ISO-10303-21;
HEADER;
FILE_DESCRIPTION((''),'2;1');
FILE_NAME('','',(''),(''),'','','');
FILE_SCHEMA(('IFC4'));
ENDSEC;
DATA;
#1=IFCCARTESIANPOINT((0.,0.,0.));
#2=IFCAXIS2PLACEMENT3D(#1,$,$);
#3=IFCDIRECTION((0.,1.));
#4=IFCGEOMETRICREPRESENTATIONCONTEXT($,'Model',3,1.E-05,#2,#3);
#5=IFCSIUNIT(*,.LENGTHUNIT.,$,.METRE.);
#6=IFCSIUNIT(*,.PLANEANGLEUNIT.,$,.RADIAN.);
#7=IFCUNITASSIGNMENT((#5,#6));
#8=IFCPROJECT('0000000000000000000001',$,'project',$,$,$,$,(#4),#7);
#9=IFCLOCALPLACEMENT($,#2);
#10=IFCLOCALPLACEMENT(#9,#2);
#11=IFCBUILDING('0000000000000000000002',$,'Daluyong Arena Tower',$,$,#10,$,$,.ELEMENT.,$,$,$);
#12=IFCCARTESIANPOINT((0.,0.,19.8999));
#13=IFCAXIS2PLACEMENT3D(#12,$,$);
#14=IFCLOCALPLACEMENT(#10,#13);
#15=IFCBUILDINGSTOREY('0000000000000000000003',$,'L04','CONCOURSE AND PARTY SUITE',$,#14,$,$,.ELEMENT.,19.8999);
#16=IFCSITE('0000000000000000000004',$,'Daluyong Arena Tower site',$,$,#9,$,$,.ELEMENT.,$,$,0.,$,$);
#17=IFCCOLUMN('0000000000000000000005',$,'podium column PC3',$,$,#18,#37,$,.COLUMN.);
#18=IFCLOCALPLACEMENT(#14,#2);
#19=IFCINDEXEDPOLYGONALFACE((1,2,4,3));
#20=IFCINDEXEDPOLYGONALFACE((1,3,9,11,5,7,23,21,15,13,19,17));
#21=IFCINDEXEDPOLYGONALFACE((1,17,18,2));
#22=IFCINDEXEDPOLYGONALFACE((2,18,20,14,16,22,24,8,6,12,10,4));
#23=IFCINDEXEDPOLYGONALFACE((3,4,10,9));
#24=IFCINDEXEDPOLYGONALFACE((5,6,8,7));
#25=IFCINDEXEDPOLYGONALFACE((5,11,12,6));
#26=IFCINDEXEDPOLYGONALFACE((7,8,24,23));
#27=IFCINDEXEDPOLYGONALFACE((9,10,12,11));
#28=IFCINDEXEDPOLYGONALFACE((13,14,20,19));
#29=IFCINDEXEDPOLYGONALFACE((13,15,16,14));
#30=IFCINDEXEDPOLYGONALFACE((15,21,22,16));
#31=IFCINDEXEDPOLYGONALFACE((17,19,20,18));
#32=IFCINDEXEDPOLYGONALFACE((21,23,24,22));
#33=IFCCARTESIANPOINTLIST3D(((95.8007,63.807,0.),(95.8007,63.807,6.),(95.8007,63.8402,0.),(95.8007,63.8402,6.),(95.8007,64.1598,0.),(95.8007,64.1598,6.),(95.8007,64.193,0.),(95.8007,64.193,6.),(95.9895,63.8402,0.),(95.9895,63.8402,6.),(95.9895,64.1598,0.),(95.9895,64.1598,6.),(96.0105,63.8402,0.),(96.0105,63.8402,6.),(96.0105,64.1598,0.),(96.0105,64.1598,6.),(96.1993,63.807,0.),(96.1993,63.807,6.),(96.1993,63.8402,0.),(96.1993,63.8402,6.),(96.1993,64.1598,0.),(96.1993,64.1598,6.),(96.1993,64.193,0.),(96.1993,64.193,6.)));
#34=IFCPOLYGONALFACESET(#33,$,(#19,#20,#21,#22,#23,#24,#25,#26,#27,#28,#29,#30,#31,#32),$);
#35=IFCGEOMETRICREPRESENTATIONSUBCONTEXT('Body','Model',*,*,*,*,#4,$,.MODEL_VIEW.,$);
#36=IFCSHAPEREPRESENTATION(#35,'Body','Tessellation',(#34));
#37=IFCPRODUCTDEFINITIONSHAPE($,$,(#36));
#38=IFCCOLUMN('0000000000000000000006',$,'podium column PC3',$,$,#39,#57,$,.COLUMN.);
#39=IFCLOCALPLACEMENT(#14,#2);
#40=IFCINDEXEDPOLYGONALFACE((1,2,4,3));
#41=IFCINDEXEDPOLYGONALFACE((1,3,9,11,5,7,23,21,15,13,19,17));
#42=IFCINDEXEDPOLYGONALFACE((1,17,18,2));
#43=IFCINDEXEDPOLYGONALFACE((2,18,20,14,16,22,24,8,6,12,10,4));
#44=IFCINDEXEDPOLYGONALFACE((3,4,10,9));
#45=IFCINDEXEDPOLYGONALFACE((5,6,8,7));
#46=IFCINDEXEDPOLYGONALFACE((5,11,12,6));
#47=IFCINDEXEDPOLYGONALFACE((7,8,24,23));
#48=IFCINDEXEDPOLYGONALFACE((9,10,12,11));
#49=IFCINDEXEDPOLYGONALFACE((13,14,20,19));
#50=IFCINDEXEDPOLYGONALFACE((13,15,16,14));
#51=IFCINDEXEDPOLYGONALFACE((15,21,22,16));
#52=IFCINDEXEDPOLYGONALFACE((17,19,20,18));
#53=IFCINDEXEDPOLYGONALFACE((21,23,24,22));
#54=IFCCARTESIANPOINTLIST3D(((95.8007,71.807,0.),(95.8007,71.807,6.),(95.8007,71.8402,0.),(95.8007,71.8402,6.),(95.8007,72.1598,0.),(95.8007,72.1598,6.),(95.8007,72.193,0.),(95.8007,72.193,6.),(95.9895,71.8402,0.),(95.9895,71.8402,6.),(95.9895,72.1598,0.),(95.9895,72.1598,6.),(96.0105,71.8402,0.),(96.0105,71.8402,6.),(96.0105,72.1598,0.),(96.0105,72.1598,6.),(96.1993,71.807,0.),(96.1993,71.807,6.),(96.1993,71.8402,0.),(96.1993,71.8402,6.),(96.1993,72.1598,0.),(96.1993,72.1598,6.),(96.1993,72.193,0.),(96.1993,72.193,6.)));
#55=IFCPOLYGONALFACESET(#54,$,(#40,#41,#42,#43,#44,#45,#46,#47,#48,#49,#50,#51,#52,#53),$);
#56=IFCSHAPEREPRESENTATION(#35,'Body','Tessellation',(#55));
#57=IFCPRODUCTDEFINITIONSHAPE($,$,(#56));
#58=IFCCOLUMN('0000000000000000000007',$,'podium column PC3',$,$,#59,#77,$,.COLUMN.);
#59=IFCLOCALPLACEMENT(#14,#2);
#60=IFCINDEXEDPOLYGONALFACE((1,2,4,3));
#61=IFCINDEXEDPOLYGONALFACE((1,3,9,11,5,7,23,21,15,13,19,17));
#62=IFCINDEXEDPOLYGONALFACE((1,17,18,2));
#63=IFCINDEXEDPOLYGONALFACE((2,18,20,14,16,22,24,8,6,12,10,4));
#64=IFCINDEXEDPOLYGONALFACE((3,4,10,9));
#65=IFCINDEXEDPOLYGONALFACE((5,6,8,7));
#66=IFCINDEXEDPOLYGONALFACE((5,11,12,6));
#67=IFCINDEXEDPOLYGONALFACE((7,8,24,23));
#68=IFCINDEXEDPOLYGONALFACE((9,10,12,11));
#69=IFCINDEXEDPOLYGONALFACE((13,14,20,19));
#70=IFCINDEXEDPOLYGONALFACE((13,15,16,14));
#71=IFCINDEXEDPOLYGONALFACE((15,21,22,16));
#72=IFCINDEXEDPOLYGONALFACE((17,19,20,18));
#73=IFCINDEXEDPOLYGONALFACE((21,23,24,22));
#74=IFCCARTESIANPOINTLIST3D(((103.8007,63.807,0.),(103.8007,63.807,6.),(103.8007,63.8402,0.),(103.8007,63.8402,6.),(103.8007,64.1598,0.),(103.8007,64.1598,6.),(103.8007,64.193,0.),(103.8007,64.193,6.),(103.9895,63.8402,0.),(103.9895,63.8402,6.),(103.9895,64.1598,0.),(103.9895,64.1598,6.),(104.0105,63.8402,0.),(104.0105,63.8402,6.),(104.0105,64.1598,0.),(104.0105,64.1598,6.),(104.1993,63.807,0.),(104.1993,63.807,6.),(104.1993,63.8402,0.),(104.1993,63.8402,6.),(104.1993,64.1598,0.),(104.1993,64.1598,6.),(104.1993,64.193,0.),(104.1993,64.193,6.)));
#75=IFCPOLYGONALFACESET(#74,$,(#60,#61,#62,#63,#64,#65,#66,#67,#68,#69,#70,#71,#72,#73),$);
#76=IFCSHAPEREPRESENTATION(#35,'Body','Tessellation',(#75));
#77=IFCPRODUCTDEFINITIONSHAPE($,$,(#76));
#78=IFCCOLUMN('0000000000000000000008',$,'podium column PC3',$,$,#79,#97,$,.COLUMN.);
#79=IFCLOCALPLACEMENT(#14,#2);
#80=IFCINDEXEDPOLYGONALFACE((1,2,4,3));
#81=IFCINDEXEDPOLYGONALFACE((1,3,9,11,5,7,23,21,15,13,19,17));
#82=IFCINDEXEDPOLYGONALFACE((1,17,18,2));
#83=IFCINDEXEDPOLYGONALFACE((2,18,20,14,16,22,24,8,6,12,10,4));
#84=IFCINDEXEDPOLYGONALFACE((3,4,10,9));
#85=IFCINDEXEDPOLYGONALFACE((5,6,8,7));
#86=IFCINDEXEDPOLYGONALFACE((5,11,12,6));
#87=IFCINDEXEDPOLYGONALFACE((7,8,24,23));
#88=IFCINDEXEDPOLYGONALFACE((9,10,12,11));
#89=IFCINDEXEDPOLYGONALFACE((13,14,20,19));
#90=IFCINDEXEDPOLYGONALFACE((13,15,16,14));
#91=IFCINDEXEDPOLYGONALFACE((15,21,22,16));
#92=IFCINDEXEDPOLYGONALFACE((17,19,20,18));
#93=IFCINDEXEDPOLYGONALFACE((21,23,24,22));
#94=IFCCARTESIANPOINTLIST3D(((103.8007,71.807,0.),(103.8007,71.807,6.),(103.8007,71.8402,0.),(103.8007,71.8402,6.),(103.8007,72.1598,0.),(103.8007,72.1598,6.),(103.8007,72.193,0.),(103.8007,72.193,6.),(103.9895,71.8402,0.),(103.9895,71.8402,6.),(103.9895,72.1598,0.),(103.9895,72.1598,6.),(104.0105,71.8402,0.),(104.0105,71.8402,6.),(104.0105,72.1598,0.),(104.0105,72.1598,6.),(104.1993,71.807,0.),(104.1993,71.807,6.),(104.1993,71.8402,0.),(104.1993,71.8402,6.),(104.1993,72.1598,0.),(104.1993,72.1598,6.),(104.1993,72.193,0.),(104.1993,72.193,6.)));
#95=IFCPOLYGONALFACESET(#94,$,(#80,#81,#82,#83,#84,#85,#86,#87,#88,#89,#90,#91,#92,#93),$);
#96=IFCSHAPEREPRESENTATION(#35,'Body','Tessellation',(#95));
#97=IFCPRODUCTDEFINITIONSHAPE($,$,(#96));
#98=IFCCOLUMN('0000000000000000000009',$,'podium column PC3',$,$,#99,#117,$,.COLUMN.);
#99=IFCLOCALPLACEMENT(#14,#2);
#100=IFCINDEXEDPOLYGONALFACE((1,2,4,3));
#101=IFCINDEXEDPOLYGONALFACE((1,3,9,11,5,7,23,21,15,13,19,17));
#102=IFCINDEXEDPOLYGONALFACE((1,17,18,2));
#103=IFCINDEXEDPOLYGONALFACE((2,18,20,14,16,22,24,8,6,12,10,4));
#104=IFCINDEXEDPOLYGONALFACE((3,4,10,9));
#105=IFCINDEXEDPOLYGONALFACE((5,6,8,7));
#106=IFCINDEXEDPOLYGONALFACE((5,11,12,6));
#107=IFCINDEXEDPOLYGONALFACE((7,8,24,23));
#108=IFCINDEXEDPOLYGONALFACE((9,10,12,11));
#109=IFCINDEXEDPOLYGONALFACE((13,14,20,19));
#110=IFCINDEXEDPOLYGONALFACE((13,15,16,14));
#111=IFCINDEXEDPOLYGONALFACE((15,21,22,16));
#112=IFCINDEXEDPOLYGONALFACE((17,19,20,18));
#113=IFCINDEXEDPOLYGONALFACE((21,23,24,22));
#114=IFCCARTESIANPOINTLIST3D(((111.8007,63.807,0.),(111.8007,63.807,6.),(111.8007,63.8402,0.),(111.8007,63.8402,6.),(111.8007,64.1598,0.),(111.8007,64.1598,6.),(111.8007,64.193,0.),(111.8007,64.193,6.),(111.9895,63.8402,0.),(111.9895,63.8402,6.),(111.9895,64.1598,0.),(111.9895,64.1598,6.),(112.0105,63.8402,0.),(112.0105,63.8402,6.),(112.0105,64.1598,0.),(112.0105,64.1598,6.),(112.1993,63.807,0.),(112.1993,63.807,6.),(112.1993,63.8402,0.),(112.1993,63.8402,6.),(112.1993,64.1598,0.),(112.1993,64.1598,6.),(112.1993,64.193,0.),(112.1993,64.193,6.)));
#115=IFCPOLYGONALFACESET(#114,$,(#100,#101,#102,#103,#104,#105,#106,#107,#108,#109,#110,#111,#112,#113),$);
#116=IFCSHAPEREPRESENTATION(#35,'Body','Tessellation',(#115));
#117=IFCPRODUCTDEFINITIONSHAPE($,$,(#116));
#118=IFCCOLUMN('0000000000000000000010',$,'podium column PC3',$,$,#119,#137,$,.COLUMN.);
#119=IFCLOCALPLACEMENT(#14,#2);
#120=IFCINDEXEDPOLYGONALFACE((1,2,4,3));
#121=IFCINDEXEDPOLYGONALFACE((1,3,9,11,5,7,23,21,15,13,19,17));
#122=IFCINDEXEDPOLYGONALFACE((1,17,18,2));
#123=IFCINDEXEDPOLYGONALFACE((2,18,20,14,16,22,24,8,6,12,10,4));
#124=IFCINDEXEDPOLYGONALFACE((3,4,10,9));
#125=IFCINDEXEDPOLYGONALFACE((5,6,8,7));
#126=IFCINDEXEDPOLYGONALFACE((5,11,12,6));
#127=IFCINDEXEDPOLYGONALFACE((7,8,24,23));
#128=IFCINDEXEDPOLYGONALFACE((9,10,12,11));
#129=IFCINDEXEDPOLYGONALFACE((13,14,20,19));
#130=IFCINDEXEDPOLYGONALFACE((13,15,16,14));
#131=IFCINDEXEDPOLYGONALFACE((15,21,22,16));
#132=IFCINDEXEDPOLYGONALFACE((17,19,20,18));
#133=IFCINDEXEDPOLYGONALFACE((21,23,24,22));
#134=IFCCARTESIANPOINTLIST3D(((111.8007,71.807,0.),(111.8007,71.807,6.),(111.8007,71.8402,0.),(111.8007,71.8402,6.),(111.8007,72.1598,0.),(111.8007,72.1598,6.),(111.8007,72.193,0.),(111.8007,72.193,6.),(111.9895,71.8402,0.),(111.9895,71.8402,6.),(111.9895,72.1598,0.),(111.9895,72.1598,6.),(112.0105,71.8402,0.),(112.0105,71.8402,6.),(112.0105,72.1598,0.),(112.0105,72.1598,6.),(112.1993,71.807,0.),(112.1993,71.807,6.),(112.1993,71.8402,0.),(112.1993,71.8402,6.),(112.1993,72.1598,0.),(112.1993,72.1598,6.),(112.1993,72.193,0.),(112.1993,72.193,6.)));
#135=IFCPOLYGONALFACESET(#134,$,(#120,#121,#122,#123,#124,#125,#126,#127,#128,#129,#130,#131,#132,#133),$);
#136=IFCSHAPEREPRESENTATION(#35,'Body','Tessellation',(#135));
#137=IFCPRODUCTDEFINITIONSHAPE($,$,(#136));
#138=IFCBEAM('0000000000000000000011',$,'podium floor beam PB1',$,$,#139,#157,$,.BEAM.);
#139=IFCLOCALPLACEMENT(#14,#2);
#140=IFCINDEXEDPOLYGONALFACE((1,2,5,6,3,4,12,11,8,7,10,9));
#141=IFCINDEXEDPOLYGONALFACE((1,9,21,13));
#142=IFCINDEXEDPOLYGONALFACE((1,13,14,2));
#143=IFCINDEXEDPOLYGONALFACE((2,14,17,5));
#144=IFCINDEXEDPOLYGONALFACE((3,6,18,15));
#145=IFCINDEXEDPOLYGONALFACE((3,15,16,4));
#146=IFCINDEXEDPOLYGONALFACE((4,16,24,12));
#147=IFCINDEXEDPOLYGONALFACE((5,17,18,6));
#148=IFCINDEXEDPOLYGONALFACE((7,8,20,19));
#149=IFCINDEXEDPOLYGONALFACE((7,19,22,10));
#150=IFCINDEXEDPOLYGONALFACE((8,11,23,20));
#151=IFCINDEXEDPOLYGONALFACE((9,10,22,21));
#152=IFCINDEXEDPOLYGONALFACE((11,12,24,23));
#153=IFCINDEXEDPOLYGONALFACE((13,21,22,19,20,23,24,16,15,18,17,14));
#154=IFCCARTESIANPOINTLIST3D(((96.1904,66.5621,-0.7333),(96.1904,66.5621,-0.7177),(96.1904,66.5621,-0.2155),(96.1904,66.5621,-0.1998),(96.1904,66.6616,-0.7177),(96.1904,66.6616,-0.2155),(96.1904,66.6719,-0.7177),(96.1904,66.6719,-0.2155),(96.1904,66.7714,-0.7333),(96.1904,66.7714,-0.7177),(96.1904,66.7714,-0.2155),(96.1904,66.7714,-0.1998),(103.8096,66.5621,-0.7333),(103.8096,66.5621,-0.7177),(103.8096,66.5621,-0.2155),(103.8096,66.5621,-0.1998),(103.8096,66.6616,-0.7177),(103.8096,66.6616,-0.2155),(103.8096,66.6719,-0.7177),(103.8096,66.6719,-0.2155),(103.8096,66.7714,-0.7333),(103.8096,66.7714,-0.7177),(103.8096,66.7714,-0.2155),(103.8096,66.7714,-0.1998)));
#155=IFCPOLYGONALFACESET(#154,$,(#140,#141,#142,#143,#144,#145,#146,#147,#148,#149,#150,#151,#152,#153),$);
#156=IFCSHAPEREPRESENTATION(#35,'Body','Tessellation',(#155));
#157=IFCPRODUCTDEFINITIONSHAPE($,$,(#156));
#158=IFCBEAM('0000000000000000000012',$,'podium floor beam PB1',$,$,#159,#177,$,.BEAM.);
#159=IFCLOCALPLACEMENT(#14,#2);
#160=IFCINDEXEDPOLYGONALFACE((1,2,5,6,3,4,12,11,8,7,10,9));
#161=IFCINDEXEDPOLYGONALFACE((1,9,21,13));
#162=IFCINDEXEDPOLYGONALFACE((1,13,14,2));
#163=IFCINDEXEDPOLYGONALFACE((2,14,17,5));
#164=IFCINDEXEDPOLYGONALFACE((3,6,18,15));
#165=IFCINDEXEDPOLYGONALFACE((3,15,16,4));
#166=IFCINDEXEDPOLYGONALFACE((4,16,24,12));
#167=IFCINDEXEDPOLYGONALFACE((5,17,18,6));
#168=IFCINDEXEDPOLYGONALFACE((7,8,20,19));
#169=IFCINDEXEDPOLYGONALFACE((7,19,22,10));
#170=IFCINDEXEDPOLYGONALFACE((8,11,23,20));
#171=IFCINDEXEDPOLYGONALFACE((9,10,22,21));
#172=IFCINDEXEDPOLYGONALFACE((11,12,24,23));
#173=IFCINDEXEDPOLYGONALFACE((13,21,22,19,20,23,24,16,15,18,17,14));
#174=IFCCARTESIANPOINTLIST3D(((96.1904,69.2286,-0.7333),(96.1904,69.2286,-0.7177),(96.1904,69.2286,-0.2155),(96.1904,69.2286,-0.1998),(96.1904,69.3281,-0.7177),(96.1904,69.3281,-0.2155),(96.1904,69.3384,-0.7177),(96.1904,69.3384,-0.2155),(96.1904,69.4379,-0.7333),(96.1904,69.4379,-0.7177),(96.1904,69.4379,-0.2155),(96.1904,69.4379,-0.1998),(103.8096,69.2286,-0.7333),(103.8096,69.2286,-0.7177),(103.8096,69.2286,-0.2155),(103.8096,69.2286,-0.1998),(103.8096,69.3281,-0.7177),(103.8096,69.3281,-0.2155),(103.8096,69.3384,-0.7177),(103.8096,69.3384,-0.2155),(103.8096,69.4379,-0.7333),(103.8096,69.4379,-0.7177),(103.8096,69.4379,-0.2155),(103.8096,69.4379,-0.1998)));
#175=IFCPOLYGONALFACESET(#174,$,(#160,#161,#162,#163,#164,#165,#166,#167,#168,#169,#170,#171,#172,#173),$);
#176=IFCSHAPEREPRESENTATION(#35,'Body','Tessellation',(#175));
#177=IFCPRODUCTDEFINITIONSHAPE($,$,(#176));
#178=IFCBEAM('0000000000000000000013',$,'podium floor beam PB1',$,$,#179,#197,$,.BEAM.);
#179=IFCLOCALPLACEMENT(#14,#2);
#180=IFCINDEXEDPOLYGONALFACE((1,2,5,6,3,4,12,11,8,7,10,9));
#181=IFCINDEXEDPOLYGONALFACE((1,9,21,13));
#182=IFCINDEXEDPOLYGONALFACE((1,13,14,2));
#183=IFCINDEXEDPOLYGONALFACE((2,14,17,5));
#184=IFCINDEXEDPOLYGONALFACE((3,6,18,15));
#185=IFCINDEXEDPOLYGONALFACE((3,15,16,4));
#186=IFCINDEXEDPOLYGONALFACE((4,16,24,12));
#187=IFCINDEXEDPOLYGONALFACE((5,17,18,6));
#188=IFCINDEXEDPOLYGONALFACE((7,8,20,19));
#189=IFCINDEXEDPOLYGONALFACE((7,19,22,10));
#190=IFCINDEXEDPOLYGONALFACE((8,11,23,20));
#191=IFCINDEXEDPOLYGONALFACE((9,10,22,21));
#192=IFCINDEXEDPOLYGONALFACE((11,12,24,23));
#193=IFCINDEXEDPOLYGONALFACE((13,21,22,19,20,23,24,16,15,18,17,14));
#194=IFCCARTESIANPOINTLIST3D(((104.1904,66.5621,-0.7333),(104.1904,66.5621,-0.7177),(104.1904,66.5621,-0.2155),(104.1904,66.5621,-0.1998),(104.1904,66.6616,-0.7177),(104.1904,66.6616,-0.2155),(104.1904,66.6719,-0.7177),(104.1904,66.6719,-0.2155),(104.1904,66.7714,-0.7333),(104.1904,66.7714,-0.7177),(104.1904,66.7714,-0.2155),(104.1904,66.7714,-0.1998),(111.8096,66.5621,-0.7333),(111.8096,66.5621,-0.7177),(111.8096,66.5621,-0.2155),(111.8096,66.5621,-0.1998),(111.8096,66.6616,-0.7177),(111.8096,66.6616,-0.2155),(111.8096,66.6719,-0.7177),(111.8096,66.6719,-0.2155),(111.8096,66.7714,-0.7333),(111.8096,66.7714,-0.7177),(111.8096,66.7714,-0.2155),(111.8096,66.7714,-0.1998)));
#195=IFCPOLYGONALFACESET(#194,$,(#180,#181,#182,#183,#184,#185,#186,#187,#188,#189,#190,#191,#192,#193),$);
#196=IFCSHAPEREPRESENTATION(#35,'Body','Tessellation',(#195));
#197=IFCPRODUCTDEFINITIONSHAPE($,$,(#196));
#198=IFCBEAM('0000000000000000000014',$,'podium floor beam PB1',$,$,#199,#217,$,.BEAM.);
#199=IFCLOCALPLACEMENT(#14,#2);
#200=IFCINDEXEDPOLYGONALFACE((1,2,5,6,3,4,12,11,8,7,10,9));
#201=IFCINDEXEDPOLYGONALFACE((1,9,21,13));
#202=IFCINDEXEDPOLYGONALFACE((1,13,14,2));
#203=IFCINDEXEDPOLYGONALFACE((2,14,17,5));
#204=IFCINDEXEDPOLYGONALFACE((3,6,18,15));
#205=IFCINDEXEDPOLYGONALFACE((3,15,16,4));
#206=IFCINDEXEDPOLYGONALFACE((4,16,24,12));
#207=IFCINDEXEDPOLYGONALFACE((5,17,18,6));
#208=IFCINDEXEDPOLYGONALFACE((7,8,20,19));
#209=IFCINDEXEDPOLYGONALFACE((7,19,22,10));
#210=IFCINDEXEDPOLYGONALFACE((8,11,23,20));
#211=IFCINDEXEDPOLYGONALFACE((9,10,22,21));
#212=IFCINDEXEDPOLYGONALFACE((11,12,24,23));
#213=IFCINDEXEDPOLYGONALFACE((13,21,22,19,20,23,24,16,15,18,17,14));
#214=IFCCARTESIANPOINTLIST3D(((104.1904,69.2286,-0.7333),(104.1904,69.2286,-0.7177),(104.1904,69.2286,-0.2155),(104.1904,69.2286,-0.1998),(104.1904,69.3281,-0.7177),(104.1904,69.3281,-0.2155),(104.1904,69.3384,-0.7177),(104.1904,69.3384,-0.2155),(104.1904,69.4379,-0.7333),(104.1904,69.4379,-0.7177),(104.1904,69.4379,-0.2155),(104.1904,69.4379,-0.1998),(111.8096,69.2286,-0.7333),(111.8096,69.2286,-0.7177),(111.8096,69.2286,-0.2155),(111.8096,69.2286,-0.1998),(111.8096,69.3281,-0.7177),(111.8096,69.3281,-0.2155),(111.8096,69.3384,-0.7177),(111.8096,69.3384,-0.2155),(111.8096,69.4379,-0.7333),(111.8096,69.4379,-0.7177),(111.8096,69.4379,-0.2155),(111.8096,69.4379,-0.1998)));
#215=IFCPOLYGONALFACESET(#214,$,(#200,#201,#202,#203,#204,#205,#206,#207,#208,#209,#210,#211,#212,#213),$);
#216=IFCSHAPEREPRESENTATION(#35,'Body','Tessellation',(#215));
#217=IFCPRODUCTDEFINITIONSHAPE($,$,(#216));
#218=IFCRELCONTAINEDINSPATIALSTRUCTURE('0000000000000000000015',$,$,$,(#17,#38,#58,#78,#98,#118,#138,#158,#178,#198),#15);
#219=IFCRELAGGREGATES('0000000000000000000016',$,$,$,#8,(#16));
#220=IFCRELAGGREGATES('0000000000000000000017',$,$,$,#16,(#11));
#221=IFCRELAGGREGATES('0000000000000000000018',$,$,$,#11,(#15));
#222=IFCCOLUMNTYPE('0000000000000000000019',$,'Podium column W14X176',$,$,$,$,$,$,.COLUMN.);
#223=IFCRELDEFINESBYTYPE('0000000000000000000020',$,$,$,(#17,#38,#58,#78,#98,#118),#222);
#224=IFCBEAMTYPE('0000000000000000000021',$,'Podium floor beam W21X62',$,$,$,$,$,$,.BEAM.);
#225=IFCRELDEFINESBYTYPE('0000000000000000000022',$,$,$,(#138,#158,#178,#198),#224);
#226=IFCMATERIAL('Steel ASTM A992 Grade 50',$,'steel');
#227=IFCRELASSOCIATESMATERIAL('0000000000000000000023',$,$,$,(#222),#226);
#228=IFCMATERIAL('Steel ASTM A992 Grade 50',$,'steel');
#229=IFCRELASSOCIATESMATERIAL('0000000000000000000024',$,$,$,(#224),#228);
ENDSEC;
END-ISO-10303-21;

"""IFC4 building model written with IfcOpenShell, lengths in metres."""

from ifc_helpers import new_model, si_unit, direction, frame, origin, origin_2d, place, context, subcontext, project, spatial, i_section, extrude, material, material_profile, profile_set, type_object, element, save


model = new_model("IFC4")

# Units and contexts
model_context = context("Model", 3, precision=1e-05, world=origin(), true_north=direction((0.0, 1.0)))
body_context = subcontext(model_context, "Body", "Model", "MODEL_VIEW")
ifc_project = project(units=[si_unit("LENGTHUNIT", "METRE"), si_unit("PLANEANGLEUNIT", "RADIAN")], contexts=[model_context])

# Site, building, storey
site_placement = place(None, origin())
site = spatial("IfcSite", under=ifc_project, at=site_placement, Name="Daluyong Arena Tower site", CompositionType="ELEMENT", RefElevation=0.0)
building_placement = place(site_placement, origin())
building = spatial("IfcBuilding", under=site, at=building_placement, Name="Daluyong Arena Tower", CompositionType="ELEMENT")
storey_placement = place(building_placement, frame((0.0, 0.0, 19.8999)))
storey = spatial("IfcBuildingStorey", under=building, at=storey_placement, Name="L04", Description="CONCOURSE AND PARTY SUITE", CompositionType="ELEMENT", Elevation=19.8999)

# Columns
ifc_material_1 = material(Name="Steel ASTM A992 Grade 50", Category="steel")
ifc_material_profile_1 = material_profile(ifc_material_1, i_section(OverallWidth=0.3987, OverallDepth=0.386, WebThickness=0.021, FlangeThickness=0.0332, at=origin_2d()))
ifc_profile_set_1 = profile_set([ifc_material_profile_1], Name="Steel ASTM A992 Grade 50")
column_type = type_object("IfcColumnType", Name="Podium column W14X176", PredefinedType="COLUMN", material=ifc_profile_set_1)
for number, where, z_axis, x_axis, name in (
    (1, (96.0, 64.0, 0.0), (0.0, 0.0, 1.0), (1.0, 0.0, 0.0), "podium column PC3"),
    (2, (96.0, 72.0, 0.0), (0.0, 0.0, 1.0), (1.0, 0.0, 0.0), "podium column PC3"),
    (3, (104.0, 64.0, 0.0), (0.0, 0.0, 1.0), (1.0, 0.0, 0.0), "podium column PC3"),
    (4, (104.0, 72.0, 0.0), (0.0, 0.0, 1.0), (1.0, 0.0, 0.0), "podium column PC3"),
    (5, (112.0, 64.0, 0.0), (0.0, 0.0, 1.0), (1.0, 0.0, 0.0), "podium column PC3"),
    (6, (112.0, 72.0, 0.0), (0.0, 0.0, 1.0), (1.0, 0.0, 0.0), "podium column PC3"),
):
    element("IfcColumn", number, at=place(storey_placement, frame(where, z_axis=z_axis, x_axis=x_axis)), inside=storey, type_object=column_type, Name=name, PredefinedType="COLUMN", context=body_context, shape_type="SweptSolid", body=[
        extrude(i_section(OverallWidth=0.3987, OverallDepth=0.386, WebThickness=0.021, FlangeThickness=0.0332, at=origin_2d()), origin(), (0.0, 0.0, 1.0), 6.0),
    ])

# Beams
ifc_material_2 = material(Name="Steel ASTM A992 Grade 50", Category="steel")
ifc_material_profile_2 = material_profile(ifc_material_2, i_section(OverallWidth=0.2092, OverallDepth=0.5334, WebThickness=0.0103, FlangeThickness=0.0156, at=origin_2d()))
ifc_profile_set_2 = profile_set([ifc_material_profile_2], Name="Steel ASTM A992 Grade 50")
beam_type_1 = type_object("IfcBeamType", Name="Podium floor beam W21X62", PredefinedType="BEAM", material=ifc_profile_set_2)
for number, where, z_axis, x_axis, name in (
    (7, (96.1904, 66.6667, -0.4666), (1.0, 0.0, 0.0), (0.0, 1.0, 0.0), "podium floor beam PB1"),
    (8, (96.1904, 69.3333, -0.4666), (1.0, 0.0, 0.0), (0.0, 1.0, 0.0), "podium floor beam PB1"),
    (9, (104.1904, 66.6667, -0.4666), (1.0, 0.0, 0.0), (0.0, 1.0, 0.0), "podium floor beam PB1"),
    (10, (104.1904, 69.3333, -0.4666), (1.0, 0.0, 0.0), (0.0, 1.0, 0.0), "podium floor beam PB1"),
):
    element("IfcBeam", number, at=place(storey_placement, frame(where, z_axis=z_axis, x_axis=x_axis)), inside=storey, type_object=beam_type_1, Name=name, PredefinedType="BEAM", context=body_context, shape_type="SweptSolid", body=[
        extrude(i_section(OverallWidth=0.2092, OverallDepth=0.5334, WebThickness=0.0103, FlangeThickness=0.0156, at=origin_2d()), origin(), (0.0, 0.0, 1.0), 7.6191),
    ])

save(model, "model.ifc")
